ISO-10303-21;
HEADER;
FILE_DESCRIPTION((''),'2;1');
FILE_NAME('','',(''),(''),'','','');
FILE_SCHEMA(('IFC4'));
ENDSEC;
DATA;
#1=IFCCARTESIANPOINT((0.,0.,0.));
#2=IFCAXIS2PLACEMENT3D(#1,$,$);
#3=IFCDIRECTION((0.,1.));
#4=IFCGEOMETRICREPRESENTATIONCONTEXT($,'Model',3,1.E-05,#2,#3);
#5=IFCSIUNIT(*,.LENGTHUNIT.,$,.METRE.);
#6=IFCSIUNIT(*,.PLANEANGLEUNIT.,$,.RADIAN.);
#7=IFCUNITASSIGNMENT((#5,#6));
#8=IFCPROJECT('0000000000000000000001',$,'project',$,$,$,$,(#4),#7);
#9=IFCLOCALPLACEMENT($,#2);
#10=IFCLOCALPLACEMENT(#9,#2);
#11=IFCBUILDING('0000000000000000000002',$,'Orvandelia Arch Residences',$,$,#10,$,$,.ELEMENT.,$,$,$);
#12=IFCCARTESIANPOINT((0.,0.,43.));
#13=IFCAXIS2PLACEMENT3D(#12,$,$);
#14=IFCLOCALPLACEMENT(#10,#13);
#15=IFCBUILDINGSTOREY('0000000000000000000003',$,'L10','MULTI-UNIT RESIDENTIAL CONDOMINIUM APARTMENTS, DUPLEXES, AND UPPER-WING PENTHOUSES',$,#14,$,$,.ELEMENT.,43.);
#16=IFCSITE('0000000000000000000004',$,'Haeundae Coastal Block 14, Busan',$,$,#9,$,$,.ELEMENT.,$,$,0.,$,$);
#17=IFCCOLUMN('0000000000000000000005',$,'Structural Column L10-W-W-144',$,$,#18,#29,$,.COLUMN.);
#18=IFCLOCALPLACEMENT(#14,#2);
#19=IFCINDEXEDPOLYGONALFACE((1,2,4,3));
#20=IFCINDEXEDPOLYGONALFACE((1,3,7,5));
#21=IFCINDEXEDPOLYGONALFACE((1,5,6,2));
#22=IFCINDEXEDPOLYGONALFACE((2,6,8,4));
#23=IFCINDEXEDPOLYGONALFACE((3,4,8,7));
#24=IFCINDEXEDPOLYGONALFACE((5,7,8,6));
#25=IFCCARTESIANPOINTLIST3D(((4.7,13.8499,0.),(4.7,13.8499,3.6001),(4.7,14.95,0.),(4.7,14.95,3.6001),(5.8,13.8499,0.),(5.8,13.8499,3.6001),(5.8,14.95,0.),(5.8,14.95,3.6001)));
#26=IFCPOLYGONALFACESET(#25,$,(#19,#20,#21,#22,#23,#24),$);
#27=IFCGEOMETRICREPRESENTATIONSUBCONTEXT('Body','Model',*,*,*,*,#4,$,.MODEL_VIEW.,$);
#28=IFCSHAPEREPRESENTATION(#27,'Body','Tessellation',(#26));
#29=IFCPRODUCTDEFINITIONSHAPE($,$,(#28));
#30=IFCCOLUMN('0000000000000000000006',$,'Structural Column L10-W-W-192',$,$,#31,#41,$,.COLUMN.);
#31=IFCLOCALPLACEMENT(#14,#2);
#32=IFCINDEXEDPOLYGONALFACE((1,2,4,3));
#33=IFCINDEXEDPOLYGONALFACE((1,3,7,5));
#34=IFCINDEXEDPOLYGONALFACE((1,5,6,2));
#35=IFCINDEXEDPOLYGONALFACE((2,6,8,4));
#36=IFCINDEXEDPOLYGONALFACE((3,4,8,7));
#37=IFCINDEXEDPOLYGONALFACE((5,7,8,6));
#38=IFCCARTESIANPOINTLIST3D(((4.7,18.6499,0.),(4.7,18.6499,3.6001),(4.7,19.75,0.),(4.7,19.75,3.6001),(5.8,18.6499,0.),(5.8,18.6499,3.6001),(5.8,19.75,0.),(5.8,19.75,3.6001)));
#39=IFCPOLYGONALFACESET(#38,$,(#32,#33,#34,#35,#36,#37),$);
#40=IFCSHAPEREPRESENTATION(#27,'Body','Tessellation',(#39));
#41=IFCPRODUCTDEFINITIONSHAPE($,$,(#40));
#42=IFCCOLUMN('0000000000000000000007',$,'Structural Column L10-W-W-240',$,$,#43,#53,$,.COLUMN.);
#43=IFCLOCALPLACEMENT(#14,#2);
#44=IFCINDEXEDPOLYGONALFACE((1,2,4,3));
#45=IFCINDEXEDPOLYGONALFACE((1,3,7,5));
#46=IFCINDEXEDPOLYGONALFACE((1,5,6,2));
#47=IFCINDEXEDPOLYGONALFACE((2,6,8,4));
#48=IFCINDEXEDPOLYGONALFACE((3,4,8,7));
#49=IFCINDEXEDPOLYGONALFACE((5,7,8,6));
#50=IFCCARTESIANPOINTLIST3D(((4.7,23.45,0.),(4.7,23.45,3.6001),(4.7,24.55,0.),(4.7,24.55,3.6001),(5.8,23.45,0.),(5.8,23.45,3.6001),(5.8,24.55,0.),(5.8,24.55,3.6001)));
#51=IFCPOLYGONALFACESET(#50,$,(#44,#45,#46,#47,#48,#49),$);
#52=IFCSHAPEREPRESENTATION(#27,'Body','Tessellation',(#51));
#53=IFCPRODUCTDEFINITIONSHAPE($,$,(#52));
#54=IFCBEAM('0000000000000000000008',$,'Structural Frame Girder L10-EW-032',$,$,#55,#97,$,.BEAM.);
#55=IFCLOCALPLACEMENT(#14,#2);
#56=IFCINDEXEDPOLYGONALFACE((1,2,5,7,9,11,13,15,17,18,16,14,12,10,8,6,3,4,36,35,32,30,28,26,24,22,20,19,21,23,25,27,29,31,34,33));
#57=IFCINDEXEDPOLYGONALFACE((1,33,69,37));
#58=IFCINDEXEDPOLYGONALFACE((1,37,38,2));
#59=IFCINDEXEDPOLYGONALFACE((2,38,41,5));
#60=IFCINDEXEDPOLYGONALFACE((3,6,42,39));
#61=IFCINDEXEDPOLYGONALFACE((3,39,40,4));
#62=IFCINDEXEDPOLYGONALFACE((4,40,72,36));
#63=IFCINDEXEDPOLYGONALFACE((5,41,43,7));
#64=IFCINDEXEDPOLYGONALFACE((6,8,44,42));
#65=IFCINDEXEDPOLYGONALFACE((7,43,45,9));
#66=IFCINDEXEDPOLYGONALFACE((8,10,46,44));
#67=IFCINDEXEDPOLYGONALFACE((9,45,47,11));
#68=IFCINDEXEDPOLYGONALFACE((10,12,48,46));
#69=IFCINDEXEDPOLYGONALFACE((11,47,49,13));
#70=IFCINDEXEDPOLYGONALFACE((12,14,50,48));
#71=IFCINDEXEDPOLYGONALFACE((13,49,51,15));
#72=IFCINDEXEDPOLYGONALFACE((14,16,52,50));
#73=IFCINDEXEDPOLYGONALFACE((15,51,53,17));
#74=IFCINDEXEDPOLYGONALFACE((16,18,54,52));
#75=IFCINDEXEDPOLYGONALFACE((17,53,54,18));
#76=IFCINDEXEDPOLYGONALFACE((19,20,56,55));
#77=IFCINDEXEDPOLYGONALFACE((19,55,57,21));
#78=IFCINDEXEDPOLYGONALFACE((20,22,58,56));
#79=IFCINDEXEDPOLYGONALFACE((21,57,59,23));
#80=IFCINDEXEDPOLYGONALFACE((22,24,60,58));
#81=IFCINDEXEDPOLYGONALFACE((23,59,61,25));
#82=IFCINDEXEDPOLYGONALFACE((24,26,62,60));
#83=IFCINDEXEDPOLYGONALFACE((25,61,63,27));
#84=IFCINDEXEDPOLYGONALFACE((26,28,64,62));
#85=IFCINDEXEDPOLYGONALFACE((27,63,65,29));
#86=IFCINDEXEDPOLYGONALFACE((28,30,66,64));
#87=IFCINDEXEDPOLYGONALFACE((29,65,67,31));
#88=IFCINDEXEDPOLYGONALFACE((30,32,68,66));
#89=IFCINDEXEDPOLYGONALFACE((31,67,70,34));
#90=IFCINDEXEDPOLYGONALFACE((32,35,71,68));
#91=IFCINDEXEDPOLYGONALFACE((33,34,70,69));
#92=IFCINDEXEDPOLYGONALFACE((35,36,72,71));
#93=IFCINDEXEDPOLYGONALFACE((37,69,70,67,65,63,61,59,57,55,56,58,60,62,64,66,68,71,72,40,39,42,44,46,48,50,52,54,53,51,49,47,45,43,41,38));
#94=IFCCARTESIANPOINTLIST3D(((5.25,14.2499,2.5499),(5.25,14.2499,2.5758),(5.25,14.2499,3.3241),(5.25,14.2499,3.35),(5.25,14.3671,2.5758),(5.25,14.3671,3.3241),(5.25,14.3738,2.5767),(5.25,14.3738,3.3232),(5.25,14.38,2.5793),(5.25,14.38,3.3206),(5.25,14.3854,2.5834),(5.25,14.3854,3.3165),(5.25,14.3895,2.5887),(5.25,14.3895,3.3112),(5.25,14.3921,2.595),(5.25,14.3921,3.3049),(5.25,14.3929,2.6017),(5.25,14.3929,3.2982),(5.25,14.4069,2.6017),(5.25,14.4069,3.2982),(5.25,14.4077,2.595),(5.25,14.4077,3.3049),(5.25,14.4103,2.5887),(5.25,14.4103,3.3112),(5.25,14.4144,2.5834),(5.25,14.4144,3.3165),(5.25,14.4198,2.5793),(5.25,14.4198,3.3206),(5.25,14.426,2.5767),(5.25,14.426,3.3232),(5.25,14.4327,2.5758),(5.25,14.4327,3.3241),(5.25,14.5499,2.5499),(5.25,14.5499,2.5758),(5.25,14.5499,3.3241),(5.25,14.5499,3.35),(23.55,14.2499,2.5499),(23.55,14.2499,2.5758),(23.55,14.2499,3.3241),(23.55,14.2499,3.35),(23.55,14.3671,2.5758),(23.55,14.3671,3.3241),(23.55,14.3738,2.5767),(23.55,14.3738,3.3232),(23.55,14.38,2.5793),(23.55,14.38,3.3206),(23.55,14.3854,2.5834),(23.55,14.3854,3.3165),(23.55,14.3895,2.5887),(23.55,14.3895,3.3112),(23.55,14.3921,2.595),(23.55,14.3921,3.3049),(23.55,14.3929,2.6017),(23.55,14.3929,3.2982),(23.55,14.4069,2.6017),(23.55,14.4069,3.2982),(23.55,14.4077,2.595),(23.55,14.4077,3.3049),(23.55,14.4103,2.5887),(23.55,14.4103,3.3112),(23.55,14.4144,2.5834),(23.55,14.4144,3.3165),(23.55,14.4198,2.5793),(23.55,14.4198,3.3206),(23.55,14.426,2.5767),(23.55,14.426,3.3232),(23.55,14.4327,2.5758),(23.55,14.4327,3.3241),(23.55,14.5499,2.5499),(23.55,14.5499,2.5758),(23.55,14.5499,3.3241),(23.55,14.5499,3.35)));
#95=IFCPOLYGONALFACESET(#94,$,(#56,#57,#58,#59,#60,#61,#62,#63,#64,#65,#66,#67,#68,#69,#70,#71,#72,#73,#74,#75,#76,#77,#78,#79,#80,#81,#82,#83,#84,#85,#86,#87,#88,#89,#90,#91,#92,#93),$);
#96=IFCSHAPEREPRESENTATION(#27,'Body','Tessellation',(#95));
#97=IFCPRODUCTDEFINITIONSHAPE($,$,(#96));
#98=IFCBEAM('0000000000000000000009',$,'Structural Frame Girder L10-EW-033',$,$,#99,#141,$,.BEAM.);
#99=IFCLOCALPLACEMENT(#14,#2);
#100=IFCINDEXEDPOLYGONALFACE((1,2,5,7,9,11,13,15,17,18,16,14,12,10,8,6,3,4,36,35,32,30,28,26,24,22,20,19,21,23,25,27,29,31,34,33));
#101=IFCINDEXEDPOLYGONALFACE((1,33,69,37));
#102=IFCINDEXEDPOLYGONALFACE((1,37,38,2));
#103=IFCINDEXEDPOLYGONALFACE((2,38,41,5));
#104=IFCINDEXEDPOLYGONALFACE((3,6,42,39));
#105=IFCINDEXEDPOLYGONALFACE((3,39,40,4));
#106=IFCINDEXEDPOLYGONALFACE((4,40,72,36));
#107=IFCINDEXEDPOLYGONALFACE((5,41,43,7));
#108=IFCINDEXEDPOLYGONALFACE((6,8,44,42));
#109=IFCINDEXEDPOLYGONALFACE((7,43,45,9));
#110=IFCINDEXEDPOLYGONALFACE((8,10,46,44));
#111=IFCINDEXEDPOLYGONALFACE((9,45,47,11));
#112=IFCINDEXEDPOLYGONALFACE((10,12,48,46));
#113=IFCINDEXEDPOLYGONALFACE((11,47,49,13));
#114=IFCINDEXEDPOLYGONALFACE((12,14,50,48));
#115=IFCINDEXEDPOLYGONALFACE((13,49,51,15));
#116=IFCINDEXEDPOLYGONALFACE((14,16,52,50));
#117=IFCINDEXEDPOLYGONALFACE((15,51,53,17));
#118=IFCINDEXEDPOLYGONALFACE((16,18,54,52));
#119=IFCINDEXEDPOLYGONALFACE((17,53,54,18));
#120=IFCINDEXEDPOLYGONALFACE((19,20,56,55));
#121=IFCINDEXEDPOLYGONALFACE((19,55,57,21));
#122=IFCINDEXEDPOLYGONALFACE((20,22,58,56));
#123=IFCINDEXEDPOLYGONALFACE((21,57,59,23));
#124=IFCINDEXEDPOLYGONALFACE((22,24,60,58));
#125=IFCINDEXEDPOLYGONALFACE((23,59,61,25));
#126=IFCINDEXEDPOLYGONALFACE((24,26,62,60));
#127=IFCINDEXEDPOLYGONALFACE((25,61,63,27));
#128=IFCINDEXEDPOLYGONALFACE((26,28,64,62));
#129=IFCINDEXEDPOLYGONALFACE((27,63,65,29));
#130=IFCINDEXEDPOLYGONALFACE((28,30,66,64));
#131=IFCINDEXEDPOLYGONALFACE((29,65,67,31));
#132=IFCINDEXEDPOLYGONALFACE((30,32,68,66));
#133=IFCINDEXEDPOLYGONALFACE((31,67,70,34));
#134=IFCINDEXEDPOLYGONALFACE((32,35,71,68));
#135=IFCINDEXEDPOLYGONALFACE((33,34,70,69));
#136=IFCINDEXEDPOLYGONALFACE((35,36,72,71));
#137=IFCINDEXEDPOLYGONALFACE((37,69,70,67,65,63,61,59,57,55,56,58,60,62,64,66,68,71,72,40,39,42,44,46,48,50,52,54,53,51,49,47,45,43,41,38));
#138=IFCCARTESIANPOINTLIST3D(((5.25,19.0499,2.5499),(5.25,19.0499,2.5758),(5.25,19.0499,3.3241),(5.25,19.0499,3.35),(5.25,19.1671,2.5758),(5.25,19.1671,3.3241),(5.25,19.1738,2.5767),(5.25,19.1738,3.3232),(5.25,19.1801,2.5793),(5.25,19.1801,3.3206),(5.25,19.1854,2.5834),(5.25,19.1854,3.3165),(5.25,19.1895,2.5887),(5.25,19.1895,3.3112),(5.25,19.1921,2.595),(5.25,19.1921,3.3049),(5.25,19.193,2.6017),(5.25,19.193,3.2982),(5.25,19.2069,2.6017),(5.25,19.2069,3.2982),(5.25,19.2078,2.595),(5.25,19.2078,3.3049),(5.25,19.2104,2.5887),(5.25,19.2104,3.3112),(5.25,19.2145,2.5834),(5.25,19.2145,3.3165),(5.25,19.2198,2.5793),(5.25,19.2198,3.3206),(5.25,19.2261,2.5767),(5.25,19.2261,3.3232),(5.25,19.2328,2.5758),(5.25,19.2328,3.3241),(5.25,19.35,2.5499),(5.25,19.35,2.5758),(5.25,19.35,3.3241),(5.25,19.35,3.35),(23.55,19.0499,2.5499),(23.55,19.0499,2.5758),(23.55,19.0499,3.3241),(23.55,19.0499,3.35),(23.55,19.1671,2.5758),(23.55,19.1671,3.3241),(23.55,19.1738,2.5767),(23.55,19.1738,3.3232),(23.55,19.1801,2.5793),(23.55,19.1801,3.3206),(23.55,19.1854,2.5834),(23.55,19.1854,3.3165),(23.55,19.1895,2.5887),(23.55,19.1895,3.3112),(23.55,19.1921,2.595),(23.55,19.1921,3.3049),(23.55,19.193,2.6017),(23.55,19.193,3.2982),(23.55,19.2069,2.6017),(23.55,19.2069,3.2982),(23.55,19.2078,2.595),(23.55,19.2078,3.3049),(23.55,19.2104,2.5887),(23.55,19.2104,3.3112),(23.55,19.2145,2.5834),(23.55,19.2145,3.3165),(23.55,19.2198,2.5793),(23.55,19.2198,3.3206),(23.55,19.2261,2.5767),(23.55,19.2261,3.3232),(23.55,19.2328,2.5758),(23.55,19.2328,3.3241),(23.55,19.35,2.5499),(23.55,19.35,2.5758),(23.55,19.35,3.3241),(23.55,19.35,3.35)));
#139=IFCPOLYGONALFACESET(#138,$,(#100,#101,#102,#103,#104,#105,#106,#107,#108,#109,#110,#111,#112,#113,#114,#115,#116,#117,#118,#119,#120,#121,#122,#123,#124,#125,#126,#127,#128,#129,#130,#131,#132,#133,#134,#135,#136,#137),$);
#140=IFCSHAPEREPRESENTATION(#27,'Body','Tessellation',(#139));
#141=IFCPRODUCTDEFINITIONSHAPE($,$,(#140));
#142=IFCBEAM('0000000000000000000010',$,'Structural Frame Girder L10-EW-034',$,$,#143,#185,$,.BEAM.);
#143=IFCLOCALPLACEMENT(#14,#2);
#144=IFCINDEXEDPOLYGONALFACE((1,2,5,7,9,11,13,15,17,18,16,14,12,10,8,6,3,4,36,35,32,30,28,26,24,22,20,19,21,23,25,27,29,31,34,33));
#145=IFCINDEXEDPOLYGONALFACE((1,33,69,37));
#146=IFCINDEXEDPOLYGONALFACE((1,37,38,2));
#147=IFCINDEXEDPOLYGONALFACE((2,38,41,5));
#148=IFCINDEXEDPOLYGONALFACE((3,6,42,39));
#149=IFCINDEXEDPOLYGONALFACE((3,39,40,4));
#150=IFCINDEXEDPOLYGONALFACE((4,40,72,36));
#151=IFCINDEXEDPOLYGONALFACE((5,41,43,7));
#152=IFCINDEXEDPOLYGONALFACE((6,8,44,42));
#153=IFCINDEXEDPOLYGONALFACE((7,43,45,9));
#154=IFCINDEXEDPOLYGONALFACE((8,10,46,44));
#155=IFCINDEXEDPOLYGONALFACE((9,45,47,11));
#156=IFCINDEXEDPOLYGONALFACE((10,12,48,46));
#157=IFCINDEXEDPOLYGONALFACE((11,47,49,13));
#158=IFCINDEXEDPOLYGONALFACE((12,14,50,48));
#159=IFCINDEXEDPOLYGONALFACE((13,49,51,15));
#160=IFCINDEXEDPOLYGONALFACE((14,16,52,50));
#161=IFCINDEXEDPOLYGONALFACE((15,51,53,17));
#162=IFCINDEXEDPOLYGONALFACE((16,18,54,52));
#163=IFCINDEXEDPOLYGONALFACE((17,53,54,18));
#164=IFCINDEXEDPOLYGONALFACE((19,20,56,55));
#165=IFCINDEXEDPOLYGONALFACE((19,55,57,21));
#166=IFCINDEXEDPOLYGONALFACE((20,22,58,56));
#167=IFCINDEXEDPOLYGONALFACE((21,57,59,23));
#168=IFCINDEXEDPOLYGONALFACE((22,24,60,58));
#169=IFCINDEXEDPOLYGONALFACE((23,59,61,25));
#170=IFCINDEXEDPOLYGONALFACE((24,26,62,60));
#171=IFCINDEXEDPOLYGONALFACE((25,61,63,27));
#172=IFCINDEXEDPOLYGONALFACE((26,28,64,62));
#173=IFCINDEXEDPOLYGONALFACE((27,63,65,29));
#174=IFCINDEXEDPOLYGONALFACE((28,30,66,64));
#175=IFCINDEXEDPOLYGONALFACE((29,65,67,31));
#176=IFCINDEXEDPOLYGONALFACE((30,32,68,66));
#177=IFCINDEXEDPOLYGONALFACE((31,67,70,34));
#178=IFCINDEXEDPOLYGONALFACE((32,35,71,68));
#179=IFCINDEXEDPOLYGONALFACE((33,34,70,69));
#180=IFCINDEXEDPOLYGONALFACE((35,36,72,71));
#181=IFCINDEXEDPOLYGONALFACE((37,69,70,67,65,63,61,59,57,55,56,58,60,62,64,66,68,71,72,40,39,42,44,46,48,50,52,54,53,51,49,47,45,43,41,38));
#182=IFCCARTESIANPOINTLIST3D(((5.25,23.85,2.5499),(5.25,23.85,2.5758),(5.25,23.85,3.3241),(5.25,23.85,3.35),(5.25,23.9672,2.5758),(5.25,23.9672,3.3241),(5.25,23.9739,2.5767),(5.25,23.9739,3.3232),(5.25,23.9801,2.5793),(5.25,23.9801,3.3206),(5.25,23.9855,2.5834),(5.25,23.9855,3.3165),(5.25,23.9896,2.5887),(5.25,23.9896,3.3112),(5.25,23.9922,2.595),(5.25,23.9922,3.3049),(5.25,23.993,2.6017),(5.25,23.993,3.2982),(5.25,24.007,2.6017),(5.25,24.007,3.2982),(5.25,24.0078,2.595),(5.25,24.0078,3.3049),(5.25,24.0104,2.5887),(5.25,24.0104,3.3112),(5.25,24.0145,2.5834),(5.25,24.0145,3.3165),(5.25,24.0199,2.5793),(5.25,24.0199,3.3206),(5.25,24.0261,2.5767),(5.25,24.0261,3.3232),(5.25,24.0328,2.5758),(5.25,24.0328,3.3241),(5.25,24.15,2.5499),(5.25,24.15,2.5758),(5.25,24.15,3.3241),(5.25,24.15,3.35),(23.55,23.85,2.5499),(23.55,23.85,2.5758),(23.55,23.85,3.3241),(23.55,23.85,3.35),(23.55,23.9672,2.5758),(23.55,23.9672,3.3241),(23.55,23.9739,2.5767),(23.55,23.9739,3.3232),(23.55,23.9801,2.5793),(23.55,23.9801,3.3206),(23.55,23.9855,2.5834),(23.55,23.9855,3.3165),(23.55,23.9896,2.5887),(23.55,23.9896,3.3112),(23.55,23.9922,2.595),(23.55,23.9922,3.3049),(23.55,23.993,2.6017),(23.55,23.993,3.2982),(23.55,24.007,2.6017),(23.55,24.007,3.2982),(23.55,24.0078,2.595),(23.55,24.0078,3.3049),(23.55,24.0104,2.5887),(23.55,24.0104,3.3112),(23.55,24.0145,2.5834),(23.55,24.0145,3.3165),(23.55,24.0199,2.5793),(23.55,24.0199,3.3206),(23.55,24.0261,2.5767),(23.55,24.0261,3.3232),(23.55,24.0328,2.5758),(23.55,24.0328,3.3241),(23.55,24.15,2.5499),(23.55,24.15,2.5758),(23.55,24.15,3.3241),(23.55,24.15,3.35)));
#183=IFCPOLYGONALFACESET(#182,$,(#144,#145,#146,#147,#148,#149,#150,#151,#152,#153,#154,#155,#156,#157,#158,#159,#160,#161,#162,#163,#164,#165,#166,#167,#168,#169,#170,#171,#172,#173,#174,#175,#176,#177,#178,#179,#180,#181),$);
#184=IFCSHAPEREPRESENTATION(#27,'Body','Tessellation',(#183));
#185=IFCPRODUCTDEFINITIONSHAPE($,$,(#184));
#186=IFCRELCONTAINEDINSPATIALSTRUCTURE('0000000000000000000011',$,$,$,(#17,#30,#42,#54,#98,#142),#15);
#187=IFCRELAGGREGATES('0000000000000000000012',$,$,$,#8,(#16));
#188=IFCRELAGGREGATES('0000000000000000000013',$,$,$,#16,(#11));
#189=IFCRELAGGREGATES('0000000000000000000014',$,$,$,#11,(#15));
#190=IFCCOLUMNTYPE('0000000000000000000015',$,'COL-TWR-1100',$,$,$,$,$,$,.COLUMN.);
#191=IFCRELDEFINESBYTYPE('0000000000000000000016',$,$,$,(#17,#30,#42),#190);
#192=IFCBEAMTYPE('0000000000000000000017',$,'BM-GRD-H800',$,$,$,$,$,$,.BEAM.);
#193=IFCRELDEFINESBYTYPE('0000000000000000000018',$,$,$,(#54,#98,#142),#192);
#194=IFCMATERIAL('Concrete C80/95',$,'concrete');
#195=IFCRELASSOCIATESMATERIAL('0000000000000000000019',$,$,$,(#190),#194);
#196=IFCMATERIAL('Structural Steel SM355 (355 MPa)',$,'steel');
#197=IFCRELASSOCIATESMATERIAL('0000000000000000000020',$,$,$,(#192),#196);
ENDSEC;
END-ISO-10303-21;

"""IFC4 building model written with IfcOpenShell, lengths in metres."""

from ifc_helpers import new_model, si_unit, direction, frame, origin, origin_2d, place, context, subcontext, project, spatial, rectangle, i_section, extrude, material, material_profile, profile_set, type_object, element, save


model = new_model("IFC4")

# Units and contexts
model_context = context("Model", 3, precision=1e-05, world=origin(), true_north=direction((0.0, 1.0)))
body_context = subcontext(model_context, "Body", "Model", "MODEL_VIEW")
ifc_project = project(units=[si_unit("LENGTHUNIT", "METRE"), si_unit("PLANEANGLEUNIT", "RADIAN")], contexts=[model_context])

# Site, building, storey
site_placement = place(None, origin())
site = spatial("IfcSite", under=ifc_project, at=site_placement, Name="Haeundae Coastal Block 14, Busan", CompositionType="ELEMENT", RefElevation=0.0)
building_placement = place(site_placement, origin())
building = spatial("IfcBuilding", under=site, at=building_placement, Name="Orvandelia Arch Residences", CompositionType="ELEMENT")
storey_placement = place(building_placement, frame((0.0, 0.0, 43.0)))
storey = spatial("IfcBuildingStorey", under=building, at=storey_placement, Name="L10", Description="MULTI-UNIT RESIDENTIAL CONDOMINIUM APARTMENTS, DUPLEXES, AND UPPER-WING PENTHOUSES", CompositionType="ELEMENT", Elevation=43.0)

# Columns
ifc_material_1 = material(Name="Concrete C80/95", Category="concrete")
ifc_material_profile_1 = material_profile(ifc_material_1, rectangle(XDim=1.1001, YDim=1.1001, at=origin_2d()), Name="Concrete C80/95", Category="concrete")
ifc_profile_set_1 = profile_set([ifc_material_profile_1], Name="Concrete C80/95")
column_type = type_object("IfcColumnType", Name="COL-TWR-1100", PredefinedType="COLUMN", material=ifc_profile_set_1)
for number, where, z_axis, x_axis, name in (
    (1, (5.25, 14.3999, 0.0), (0.0, 0.0, 1.0), (1.0, 0.0, 0.0), "Structural Column L10-W-W-144"),
    (2, (5.25, 19.2, 0.0), (0.0, 0.0, 1.0), (1.0, 0.0, 0.0), "Structural Column L10-W-W-192"),
    (3, (5.25, 24.0, 0.0), (0.0, 0.0, 1.0), (1.0, 0.0, 0.0), "Structural Column L10-W-W-240"),
):
    element("IfcColumn", number, at=place(storey_placement, frame(where, z_axis=z_axis, x_axis=x_axis)), inside=storey, type_object=column_type, Name=name, PredefinedType="COLUMN", context=body_context, shape_type="SweptSolid", body=[
        extrude(rectangle(XDim=1.1001, YDim=1.1001, at=origin_2d()), origin(), (0.0, 0.0, 1.0), 3.6001),
    ])

# Beams
ifc_material_2 = material(Name="Structural Steel SM355 (355 MPa)", Category="steel")
ifc_material_profile_2 = material_profile(ifc_material_2, i_section(OverallWidth=0.3, OverallDepth=0.8, WebThickness=0.0139, FlangeThickness=0.0259, FilletRadius=0.0259, at=origin_2d()), Name="Structural Steel SM355 (355 MPa)", Category="steel")
ifc_profile_set_2 = profile_set([ifc_material_profile_2], Name="Structural Steel SM355 (355 MPa)")
beam_type_1 = type_object("IfcBeamType", Name="BM-GRD-H800", PredefinedType="BEAM", material=ifc_profile_set_2)
for number, where, z_axis, x_axis, name in (
    (4, (5.25, 14.3999, 2.95), (1.0, 0.0, 0.0), (0.0, 1.0, 0.0), "Structural Frame Girder L10-EW-032"),
    (5, (5.25, 19.2, 2.95), (1.0, 0.0, 0.0), (0.0, 1.0, 0.0), "Structural Frame Girder L10-EW-033"),
    (6, (5.25, 24.0, 2.95), (1.0, 0.0, 0.0), (0.0, 1.0, 0.0), "Structural Frame Girder L10-EW-034"),
):
    element("IfcBeam", number, at=place(storey_placement, frame(where, z_axis=z_axis, x_axis=x_axis)), inside=storey, type_object=beam_type_1, Name=name, PredefinedType="BEAM", context=body_context, shape_type="SweptSolid", body=[
        extrude(i_section(OverallWidth=0.3, OverallDepth=0.8, WebThickness=0.0139, FlangeThickness=0.0259, FilletRadius=0.0259, at=origin_2d()), origin(), (0.0, 0.0, 1.0), 18.3),
    ])

save(model, "model.ifc")
